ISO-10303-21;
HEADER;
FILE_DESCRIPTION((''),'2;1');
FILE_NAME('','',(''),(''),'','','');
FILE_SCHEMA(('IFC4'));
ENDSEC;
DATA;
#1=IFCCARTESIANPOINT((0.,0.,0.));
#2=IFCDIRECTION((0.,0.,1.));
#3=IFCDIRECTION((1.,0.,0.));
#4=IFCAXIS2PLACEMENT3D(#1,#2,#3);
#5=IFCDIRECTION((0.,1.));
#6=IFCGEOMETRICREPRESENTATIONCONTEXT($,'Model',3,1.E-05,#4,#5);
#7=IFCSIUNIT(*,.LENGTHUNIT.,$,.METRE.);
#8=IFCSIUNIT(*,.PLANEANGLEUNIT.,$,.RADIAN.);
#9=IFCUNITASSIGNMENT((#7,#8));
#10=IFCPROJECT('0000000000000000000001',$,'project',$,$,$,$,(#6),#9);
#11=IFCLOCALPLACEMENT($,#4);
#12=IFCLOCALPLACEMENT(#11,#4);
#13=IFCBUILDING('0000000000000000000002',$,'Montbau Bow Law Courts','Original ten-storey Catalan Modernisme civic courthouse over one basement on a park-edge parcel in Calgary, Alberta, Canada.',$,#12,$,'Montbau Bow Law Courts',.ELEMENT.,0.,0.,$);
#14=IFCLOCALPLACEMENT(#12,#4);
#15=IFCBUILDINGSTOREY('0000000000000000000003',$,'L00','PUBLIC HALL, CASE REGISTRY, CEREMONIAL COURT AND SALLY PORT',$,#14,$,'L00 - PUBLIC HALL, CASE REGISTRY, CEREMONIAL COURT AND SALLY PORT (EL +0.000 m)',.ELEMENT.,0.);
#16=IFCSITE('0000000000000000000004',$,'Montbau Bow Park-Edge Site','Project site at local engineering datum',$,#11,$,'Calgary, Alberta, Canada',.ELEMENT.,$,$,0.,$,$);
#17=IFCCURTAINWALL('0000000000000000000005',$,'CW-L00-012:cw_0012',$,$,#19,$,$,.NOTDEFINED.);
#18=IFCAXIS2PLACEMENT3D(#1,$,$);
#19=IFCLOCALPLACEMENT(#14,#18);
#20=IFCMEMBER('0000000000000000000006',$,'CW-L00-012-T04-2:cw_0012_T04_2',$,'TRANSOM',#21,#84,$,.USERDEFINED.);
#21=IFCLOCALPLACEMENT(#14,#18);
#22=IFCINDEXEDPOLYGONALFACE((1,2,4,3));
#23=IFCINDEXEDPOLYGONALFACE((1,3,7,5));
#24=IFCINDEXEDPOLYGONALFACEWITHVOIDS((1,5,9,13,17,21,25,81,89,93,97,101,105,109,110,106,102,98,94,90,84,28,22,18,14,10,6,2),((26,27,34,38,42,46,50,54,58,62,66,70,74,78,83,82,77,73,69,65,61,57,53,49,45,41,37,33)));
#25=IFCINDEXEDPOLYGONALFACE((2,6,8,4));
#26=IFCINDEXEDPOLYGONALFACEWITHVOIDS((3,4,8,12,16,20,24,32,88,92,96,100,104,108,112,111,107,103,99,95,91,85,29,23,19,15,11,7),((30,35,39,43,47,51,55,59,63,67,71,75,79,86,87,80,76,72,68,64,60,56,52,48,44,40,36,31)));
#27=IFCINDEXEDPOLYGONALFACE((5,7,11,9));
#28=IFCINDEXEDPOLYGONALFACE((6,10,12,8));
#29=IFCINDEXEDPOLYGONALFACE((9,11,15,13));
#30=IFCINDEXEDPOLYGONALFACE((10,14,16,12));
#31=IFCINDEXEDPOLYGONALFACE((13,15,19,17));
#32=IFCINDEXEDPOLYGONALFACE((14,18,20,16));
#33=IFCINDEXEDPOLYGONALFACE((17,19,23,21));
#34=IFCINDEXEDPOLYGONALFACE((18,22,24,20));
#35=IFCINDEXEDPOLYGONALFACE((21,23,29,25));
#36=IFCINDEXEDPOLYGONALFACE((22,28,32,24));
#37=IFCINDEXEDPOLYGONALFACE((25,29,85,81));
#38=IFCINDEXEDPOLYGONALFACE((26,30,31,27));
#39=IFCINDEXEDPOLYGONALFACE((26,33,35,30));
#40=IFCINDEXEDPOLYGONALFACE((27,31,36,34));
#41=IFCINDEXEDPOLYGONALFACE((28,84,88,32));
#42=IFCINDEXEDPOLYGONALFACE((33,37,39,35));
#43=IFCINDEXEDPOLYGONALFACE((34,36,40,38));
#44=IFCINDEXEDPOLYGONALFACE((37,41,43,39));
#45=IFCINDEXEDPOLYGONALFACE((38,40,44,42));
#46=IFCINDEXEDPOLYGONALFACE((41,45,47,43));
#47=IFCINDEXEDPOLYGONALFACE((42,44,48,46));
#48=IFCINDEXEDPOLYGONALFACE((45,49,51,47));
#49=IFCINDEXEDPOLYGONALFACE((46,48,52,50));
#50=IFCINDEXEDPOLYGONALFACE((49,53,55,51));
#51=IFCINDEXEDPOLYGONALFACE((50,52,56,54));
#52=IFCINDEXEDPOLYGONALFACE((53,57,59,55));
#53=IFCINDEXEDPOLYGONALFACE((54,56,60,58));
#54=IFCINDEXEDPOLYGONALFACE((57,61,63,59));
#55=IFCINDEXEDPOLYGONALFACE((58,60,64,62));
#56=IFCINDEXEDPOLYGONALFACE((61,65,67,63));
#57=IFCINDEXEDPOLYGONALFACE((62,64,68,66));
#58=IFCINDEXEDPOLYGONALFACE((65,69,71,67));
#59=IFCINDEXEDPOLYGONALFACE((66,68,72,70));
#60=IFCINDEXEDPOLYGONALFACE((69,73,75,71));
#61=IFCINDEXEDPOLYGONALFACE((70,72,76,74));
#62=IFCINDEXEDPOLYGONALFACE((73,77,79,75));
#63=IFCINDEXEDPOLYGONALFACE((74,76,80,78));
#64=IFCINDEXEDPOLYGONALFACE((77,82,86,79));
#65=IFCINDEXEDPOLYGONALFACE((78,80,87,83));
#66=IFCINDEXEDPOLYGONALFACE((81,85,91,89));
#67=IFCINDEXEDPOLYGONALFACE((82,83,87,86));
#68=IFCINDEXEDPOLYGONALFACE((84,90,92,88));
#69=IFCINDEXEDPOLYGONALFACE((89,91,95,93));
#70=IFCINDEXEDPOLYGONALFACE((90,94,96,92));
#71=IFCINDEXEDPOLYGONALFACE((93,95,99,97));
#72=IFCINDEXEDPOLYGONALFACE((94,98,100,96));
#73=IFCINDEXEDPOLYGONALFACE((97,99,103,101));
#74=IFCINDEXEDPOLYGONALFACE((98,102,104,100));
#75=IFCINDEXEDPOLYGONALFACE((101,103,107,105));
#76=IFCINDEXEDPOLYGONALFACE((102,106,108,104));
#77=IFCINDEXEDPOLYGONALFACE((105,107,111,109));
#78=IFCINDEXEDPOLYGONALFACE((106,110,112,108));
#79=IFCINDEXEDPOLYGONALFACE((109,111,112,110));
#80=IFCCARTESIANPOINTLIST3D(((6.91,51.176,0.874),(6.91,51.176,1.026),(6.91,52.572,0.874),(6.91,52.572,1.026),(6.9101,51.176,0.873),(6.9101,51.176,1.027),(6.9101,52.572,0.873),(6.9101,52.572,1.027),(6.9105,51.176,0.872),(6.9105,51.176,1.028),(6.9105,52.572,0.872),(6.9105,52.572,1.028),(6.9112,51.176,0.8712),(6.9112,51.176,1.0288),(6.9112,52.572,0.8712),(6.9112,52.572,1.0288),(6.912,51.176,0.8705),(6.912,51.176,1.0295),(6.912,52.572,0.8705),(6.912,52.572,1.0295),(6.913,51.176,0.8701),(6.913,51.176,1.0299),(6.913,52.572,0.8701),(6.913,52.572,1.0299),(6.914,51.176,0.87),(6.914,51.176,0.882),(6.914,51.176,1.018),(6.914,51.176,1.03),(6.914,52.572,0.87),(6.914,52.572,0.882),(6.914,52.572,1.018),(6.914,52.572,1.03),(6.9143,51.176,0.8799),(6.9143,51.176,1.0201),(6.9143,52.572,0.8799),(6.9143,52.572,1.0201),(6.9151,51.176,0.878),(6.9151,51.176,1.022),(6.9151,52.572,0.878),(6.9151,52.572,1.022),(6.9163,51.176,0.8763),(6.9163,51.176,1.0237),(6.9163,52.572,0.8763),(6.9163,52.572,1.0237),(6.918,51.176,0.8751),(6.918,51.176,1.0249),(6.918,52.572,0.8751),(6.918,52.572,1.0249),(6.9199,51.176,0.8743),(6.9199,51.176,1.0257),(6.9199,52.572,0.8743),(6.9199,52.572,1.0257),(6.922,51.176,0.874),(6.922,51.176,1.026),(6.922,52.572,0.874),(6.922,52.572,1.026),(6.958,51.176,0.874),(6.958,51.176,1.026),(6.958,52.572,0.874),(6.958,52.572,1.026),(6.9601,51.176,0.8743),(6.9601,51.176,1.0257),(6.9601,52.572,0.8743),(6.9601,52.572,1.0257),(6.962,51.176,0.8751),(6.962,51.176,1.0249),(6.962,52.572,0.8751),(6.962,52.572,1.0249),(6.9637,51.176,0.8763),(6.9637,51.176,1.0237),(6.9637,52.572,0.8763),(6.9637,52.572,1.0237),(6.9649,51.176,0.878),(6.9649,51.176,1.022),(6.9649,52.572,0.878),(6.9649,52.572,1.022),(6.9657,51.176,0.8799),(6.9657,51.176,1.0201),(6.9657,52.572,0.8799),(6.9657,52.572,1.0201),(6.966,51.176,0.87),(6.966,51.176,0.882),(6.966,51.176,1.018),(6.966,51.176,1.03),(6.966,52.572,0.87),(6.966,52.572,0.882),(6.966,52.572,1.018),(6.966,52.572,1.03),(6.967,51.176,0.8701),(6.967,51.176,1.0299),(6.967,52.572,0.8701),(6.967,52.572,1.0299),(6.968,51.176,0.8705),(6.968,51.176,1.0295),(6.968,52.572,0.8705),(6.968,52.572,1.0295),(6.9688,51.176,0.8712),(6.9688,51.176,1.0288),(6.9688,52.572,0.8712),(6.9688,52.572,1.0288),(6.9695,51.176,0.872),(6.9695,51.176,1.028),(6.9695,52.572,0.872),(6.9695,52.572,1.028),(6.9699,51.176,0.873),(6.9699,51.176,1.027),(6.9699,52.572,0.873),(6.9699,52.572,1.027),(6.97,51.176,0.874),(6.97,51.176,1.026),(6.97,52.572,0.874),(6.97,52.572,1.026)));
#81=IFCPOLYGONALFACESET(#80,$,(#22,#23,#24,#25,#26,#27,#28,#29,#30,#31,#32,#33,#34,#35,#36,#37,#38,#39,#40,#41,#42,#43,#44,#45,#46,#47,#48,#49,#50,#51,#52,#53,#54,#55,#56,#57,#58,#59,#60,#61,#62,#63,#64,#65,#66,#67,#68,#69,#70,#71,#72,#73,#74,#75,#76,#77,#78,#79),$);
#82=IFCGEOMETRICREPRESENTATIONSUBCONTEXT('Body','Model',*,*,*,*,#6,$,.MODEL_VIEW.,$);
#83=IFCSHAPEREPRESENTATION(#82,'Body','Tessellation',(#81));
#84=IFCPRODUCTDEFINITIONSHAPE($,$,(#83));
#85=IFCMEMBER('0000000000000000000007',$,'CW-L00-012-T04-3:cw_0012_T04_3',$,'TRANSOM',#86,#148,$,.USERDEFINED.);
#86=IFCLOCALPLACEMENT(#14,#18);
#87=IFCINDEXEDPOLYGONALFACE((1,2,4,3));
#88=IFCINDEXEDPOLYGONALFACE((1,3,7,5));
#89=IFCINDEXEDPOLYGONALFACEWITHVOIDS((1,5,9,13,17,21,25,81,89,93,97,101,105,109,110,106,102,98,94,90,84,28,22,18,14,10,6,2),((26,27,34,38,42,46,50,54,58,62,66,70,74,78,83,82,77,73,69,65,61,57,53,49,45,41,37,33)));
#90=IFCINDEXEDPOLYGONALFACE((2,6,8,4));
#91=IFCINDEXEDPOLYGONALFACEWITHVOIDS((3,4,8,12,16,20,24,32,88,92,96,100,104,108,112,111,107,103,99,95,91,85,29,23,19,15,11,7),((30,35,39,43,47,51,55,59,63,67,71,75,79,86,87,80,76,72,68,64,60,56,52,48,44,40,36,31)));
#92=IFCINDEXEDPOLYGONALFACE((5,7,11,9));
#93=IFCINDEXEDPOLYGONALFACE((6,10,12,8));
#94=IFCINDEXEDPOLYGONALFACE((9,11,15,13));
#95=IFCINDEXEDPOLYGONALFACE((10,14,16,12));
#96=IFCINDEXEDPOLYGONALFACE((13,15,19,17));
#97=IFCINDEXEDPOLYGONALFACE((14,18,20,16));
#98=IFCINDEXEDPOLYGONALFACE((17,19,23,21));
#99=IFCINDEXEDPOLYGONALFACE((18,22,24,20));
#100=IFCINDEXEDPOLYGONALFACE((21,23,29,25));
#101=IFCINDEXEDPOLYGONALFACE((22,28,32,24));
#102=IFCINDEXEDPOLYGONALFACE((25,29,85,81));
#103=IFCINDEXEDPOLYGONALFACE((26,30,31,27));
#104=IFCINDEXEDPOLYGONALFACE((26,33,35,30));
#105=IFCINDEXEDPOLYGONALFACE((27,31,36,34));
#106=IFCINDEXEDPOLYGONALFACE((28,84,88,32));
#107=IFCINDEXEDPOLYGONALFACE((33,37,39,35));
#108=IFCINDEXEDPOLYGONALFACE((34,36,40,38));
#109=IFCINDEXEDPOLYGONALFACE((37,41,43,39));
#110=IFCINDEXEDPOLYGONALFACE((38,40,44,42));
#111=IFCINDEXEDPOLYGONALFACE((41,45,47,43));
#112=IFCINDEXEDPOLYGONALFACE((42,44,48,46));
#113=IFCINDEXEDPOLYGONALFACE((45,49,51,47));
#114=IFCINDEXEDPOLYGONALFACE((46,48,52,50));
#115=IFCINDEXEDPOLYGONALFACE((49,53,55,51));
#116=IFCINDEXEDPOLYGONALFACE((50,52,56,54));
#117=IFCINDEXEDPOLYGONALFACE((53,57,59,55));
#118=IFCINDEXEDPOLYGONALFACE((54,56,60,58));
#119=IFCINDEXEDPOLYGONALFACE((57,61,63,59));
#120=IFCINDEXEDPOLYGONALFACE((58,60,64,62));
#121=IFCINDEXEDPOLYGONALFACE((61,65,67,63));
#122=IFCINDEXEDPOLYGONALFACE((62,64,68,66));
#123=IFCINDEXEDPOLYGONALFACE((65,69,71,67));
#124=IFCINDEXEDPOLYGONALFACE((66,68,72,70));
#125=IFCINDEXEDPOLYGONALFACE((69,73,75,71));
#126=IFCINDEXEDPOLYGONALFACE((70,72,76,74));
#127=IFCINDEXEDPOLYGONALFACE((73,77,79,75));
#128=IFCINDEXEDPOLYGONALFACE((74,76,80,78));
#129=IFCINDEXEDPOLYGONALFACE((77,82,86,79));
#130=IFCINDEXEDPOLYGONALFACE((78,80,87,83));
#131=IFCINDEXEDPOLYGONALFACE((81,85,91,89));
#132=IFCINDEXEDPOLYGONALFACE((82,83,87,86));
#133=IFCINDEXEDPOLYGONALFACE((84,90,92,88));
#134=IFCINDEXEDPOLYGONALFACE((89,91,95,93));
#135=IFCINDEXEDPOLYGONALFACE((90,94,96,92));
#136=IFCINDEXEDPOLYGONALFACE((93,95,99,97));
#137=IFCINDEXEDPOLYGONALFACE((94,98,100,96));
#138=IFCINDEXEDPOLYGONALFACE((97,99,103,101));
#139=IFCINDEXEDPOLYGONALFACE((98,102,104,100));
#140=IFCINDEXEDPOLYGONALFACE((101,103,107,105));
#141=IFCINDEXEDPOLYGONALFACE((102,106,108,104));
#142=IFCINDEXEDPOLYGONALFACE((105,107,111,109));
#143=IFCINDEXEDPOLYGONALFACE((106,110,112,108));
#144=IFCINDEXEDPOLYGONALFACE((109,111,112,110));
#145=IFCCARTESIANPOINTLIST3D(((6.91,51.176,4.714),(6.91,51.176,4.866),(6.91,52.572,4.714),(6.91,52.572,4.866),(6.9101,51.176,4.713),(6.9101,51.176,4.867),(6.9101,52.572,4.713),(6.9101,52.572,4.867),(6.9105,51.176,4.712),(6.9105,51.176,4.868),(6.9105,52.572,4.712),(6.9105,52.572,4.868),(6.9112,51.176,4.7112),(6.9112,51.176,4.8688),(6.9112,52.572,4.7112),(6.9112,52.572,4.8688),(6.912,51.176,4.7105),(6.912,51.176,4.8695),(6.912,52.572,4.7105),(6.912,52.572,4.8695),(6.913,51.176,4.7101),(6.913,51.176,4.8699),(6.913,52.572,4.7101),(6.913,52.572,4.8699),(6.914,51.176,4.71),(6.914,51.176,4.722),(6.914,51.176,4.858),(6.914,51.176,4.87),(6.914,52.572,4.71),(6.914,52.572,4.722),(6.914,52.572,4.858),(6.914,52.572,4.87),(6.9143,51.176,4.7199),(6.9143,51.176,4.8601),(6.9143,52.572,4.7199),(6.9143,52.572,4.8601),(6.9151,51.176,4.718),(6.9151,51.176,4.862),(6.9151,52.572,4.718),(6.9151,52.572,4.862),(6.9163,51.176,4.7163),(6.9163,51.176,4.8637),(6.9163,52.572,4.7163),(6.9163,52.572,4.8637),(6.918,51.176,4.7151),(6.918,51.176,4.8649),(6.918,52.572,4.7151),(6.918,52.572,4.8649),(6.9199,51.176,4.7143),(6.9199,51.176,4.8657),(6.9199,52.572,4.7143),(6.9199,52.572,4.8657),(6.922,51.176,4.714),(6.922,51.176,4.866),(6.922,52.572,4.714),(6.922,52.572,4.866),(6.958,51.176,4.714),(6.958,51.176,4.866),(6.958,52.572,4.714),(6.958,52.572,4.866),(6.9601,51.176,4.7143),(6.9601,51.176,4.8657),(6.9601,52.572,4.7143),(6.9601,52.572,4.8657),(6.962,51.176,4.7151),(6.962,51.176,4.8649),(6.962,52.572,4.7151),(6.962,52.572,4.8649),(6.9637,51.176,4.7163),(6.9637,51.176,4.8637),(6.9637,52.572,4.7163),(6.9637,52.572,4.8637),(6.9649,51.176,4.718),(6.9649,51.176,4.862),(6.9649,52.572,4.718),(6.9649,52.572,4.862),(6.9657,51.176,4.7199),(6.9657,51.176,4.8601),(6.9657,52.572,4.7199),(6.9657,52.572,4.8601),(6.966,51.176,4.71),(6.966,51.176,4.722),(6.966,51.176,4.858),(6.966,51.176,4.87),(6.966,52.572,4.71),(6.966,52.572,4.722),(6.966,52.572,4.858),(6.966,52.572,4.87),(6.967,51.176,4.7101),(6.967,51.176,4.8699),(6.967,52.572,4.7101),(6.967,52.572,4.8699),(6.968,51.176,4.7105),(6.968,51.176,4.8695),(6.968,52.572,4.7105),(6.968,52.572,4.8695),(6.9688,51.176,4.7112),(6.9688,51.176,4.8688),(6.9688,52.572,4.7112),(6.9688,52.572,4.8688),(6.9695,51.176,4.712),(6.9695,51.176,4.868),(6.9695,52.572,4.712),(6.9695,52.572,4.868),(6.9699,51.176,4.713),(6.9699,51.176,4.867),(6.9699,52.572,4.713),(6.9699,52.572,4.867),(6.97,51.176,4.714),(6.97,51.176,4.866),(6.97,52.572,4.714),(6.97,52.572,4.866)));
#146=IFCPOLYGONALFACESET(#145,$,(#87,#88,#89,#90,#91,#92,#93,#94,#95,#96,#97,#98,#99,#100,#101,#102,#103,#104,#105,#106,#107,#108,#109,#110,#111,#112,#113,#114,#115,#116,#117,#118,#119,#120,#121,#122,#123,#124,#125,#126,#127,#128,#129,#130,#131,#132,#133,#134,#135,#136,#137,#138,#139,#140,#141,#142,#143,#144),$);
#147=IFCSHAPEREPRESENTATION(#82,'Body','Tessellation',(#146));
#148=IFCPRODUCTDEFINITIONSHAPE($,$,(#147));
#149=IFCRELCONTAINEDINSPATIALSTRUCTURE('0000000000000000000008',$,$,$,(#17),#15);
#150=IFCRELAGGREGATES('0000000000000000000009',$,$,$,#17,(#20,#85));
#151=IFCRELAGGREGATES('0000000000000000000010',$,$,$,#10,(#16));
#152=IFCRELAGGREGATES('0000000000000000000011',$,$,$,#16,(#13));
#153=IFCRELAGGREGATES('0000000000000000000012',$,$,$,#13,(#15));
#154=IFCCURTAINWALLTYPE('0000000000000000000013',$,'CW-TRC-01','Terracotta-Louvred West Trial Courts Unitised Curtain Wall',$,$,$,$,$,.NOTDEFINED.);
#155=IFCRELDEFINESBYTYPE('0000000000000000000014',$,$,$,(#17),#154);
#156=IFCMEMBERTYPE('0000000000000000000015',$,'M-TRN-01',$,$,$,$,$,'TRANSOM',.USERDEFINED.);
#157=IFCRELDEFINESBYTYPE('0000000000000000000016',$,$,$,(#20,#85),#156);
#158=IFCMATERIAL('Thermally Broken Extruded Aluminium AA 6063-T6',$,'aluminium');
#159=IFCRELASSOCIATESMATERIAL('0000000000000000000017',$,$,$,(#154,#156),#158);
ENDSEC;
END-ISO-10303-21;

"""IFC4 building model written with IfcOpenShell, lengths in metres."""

from ifc_helpers import new_model, si_unit, direction, frame, origin_with_axes, origin_2d_with_axis, place, context, subcontext, project, spatial, hollow_rectangle, extrude, material, material_profile, profile_set, type_object, element, aggregate, save


model = new_model("IFC4")

# Units and contexts
model_context = context("Model", 3, precision=1e-05, world=origin_with_axes(), true_north=direction((0.0, 1.0)))
body_context = subcontext(model_context, "Body", "Model", "MODEL_VIEW")
ifc_project = project(units=[si_unit("LENGTHUNIT", "METRE"), si_unit("PLANEANGLEUNIT", "RADIAN")], contexts=[model_context])

# Site, building, storey
site_placement = place(None, origin_with_axes())
site = spatial("IfcSite", under=ifc_project, at=site_placement, Name="Montbau Bow Park-Edge Site", Description="Project site at local engineering datum", LongName="Calgary, Alberta, Canada", CompositionType="ELEMENT", RefElevation=0.0)
building_placement = place(site_placement, origin_with_axes())
building = spatial("IfcBuilding", under=site, at=building_placement, Name="Montbau Bow Law Courts", Description="Original ten-storey Catalan Modernisme civic courthouse over one basement on a park-edge parcel in Calgary, Alberta, Canada.", LongName="Montbau Bow Law Courts", CompositionType="ELEMENT", ElevationOfRefHeight=0.0, ElevationOfTerrain=0.0)
storey_placement = place(building_placement, origin_with_axes())
storey = spatial("IfcBuildingStorey", under=building, at=storey_placement, Name="L00", Description="PUBLIC HALL, CASE REGISTRY, CEREMONIAL COURT AND SALLY PORT", LongName="L00 - PUBLIC HALL, CASE REGISTRY, CEREMONIAL COURT AND SALLY PORT (EL +0.000 m)", CompositionType="ELEMENT", Elevation=0.0)

# Curtain wall, members
ifc_material_1 = material(Name="Thermally Broken Extruded Aluminium AA 6063-T6", Category="aluminium")
curtain_wall_type = type_object("IfcCurtainWallType", Name="CW-TRC-01", Description="Terracotta-Louvred West Trial Courts Unitised Curtain Wall", PredefinedType="NOTDEFINED", material=ifc_material_1)
ifc_material_profile = material_profile(ifc_material_1, hollow_rectangle(XDim=0.06, YDim=0.16, WallThickness=0.004, InnerFilletRadius=0.008, OuterFilletRadius=0.004, at=origin_2d_with_axis()), Name="CWT-160X60", Category="Main", Priority=0)
ifc_profile_set = profile_set([ifc_material_profile], Name="Thermally Broken Extruded Aluminium AA 6063-T6")
member_type = type_object("IfcMemberType", Name="M-TRN-01", ElementType="TRANSOM", PredefinedType="USERDEFINED", material=ifc_profile_set)
curtain_wall_1_placement = place(None, frame((6.94, 46.715, 0.0), z_axis=(0.0, 0.0, 1.0), x_axis=(1.0, 0.0, 0.0)))
curtain_wall_1 = element("IfcCurtainWall", 1, at=curtain_wall_1_placement, inside=storey, type_object=curtain_wall_type, Name="CW-L00-012:cw_0012", PredefinedType="NOTDEFINED")
member_1_placement = place(None, frame((6.94, 51.176, 0.95), z_axis=(0.0, 1.0, 0.0), x_axis=(-1.0, 0.0, 0.0)))
member_1 = element("IfcMember", 2, at=member_1_placement, type_object=member_type, Name="CW-L00-012-T04-2:cw_0012_T04_2", ObjectType="TRANSOM", PredefinedType="USERDEFINED", context=body_context, shape_type="SweptSolid", body=[
    extrude(hollow_rectangle(XDim=0.06, YDim=0.16, WallThickness=0.004, InnerFilletRadius=0.008, OuterFilletRadius=0.004, at=origin_2d_with_axis()), origin_with_axes(), (0.0, 0.0, 1.0), 1.396),
])
member_2_placement = place(None, frame((6.94, 51.176, 4.79), z_axis=(0.0, 1.0, 0.0), x_axis=(-1.0, 0.0, 0.0)))
member_2 = element("IfcMember", 3, at=member_2_placement, type_object=member_type, Name="CW-L00-012-T04-3:cw_0012_T04_3", ObjectType="TRANSOM", PredefinedType="USERDEFINED", context=body_context, shape_type="SweptSolid", body=[
    extrude(hollow_rectangle(XDim=0.06, YDim=0.16, WallThickness=0.004, InnerFilletRadius=0.008, OuterFilletRadius=0.004, at=origin_2d_with_axis()), origin_with_axes(), (0.0, 0.0, 1.0), 1.396),
])

aggregate(curtain_wall_1, [member_1, member_2])

save(model, "model.ifc")
